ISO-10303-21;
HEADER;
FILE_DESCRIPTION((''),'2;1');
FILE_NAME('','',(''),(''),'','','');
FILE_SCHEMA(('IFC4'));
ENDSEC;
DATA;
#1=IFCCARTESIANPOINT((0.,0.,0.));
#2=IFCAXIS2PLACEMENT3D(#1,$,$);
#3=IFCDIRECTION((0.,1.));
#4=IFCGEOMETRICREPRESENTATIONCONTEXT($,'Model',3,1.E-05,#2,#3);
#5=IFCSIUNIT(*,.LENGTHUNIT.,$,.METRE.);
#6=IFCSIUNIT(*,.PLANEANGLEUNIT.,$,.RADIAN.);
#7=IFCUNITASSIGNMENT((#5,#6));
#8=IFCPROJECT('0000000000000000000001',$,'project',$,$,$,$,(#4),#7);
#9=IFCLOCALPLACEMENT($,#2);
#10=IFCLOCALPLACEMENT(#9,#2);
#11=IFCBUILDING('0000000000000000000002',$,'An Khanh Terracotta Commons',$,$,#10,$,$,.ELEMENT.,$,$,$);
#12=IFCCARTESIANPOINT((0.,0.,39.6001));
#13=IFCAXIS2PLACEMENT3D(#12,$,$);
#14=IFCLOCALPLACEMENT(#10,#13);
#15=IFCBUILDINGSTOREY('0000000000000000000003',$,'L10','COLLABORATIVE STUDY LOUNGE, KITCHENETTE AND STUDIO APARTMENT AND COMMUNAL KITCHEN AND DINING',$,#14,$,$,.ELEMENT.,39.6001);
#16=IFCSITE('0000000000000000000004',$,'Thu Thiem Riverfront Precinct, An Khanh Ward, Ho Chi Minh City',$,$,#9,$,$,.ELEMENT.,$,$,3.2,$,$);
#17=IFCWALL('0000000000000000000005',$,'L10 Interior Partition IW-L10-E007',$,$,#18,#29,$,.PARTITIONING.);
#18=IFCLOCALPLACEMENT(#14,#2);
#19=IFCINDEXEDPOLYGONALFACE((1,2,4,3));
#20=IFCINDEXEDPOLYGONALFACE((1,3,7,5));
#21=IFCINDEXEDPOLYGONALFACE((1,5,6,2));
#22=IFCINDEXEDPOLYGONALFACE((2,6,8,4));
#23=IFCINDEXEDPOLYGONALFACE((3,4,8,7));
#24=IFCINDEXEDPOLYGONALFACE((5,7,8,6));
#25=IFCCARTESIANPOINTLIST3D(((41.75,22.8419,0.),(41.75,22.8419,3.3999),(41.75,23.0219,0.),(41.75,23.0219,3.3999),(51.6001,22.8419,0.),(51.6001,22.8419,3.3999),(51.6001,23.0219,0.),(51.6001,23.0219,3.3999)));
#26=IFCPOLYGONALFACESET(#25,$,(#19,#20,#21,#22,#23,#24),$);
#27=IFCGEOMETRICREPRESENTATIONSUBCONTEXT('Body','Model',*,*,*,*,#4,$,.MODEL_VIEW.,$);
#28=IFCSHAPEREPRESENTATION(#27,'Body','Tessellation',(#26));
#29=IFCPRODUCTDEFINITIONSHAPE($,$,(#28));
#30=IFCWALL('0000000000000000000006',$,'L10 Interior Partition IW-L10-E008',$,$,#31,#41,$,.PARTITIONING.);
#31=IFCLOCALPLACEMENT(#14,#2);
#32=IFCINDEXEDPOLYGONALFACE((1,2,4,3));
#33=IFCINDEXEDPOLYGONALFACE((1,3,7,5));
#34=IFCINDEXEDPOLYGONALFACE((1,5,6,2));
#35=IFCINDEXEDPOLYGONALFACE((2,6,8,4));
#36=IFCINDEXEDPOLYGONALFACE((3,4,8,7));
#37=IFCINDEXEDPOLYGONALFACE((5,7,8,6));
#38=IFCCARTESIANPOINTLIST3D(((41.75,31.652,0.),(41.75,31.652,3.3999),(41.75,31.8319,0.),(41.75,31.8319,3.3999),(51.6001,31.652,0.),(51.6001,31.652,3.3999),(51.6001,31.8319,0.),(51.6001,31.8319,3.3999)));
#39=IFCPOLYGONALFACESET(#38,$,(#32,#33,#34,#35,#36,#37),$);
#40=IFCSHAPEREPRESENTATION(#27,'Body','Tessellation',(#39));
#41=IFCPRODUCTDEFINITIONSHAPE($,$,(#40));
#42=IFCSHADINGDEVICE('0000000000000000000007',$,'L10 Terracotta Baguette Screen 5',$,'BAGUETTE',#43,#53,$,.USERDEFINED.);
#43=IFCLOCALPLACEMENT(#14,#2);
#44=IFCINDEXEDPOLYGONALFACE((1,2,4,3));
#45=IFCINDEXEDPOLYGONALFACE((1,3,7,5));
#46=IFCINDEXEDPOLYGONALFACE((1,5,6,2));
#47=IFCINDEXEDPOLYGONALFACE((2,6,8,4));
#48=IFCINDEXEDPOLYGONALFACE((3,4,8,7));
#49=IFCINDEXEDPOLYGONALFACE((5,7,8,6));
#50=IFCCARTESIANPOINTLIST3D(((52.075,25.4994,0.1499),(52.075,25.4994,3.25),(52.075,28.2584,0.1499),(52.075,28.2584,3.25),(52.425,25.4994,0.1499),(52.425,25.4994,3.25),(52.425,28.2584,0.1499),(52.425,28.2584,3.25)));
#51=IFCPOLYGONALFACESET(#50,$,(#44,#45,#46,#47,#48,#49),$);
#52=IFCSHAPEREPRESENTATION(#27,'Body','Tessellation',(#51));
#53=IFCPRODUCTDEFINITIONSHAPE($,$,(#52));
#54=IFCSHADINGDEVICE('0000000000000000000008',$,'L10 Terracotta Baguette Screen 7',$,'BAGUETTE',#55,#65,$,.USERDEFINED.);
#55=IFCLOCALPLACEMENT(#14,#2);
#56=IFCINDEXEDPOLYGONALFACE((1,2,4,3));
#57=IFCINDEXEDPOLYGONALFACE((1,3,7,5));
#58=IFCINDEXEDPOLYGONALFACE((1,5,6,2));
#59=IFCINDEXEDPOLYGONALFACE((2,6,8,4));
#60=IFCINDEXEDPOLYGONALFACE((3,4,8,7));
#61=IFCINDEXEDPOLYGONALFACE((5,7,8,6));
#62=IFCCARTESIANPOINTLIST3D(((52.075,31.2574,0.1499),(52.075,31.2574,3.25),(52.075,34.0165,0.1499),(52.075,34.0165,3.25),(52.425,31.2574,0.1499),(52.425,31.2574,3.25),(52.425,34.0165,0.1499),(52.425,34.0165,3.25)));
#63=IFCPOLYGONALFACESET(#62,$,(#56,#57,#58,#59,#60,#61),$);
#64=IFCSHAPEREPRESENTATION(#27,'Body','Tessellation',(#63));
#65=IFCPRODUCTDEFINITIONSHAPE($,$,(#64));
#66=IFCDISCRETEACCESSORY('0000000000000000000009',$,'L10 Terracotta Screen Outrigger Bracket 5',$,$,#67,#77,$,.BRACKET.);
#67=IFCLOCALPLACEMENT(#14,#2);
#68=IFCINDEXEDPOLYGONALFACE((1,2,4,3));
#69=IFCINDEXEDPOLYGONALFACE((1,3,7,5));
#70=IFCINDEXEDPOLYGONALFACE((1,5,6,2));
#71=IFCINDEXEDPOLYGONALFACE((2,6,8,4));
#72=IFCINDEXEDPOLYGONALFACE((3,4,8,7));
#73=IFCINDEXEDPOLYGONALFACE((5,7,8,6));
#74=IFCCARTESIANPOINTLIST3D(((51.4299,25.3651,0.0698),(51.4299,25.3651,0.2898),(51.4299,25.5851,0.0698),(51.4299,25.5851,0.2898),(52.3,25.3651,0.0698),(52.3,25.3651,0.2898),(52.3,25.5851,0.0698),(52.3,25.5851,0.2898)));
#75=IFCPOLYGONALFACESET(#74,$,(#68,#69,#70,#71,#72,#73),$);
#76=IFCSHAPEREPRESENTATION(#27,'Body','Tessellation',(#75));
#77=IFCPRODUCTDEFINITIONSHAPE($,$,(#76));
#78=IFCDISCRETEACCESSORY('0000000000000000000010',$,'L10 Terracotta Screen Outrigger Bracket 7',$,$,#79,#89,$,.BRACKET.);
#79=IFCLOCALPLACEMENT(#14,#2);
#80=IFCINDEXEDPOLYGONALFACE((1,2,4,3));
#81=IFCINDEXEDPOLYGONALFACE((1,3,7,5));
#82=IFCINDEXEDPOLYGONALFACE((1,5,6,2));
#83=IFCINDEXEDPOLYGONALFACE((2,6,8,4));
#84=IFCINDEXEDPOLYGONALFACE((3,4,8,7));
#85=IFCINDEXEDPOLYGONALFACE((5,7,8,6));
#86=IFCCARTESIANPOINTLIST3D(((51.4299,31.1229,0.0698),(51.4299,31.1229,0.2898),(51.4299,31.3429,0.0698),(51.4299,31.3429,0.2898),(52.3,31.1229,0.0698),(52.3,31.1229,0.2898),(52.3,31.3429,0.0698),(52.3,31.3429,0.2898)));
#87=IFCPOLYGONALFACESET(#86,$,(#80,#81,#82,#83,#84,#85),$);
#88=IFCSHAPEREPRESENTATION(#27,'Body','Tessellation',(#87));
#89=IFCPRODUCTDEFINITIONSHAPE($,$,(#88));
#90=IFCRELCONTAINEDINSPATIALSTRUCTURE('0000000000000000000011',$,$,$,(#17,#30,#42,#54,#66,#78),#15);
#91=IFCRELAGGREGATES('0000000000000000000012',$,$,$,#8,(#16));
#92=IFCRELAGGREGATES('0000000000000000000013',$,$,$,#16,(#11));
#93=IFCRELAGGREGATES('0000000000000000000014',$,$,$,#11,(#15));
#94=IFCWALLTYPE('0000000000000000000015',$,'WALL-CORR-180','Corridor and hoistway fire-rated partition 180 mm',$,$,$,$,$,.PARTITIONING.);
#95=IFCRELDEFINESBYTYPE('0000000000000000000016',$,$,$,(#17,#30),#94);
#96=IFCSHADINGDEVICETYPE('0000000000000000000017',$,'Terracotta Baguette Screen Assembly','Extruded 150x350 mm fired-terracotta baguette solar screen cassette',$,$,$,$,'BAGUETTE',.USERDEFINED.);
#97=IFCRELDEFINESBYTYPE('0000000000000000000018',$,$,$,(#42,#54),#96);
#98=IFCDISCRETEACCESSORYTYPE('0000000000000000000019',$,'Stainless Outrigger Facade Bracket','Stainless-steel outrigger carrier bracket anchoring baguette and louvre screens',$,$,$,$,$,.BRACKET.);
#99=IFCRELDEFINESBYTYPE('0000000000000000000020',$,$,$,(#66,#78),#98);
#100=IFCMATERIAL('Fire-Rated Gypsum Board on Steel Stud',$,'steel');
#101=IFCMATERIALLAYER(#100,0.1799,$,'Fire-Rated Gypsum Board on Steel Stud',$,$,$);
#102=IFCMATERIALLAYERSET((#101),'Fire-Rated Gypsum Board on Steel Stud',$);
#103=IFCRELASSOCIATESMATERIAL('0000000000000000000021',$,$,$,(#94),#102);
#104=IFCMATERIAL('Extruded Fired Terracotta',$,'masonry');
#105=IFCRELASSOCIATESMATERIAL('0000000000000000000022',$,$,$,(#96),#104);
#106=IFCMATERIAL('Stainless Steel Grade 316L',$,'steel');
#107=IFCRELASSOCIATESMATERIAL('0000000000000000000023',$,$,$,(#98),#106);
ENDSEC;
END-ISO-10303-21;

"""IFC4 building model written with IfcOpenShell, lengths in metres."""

from ifc_helpers import new_model, si_unit, direction, frame, frame_2d, origin, origin_2d, place, context, subcontext, project, spatial, rectangle, extrude, material, layer, layer_set, type_object, element, save


model = new_model("IFC4")

# Units and contexts
model_context = context("Model", 3, precision=1e-05, world=origin(), true_north=direction((0.0, 1.0)))
body_context = subcontext(model_context, "Body", "Model", "MODEL_VIEW")
ifc_project = project(units=[si_unit("LENGTHUNIT", "METRE"), si_unit("PLANEANGLEUNIT", "RADIAN")], contexts=[model_context])

# Site, building, storey
site_placement = place(None, origin())
site = spatial("IfcSite", under=ifc_project, at=site_placement, Name="Thu Thiem Riverfront Precinct, An Khanh Ward, Ho Chi Minh City", CompositionType="ELEMENT", RefElevation=3.2)
building_placement = place(site_placement, origin())
building = spatial("IfcBuilding", under=site, at=building_placement, Name="An Khanh Terracotta Commons", CompositionType="ELEMENT")
storey_placement = place(building_placement, frame((0.0, 0.0, 39.6001)))
storey = spatial("IfcBuildingStorey", under=building, at=storey_placement, Name="L10", Description="COLLABORATIVE STUDY LOUNGE, KITCHENETTE AND STUDIO APARTMENT AND COMMUNAL KITCHEN AND DINING", CompositionType="ELEMENT", Elevation=39.6001)

# Walls
ifc_material_1 = material(Name="Fire-Rated Gypsum Board on Steel Stud", Category="steel")
ifc_layer_1 = layer(ifc_material_1, 0.1799, Name="Fire-Rated Gypsum Board on Steel Stud")
ifc_layer_set_1 = layer_set([ifc_layer_1], Name="Fire-Rated Gypsum Board on Steel Stud")
wall_type = type_object("IfcWallType", Name="WALL-CORR-180", Description="Corridor and hoistway fire-rated partition 180 mm", PredefinedType="PARTITIONING", material=ifc_layer_set_1)
for number, where, z_axis, x_axis, name in (
    (1, (41.75, 22.9319, 0.0), (0.0, 0.0, 1.0), (1.0, 0.0, 0.0), "L10 Interior Partition IW-L10-E007"),
    (2, (41.75, 31.7419, 0.0), (0.0, 0.0, 1.0), (1.0, 0.0, 0.0), "L10 Interior Partition IW-L10-E008"),
):
    element("IfcWall", number, at=place(storey_placement, frame(where, z_axis=z_axis, x_axis=x_axis)), inside=storey, type_object=wall_type, Name=name, PredefinedType="PARTITIONING", context=body_context, shape_type="SweptSolid", body=[
        extrude(rectangle(XDim=9.8501, YDim=0.1799, at=frame_2d((4.925, 0.0))), origin(), (0.0, 0.0, 1.0), 3.3999),
    ])

# Shading devices
ifc_material_2 = material(Name="Extruded Fired Terracotta", Category="masonry")
shading_device_type = type_object("IfcShadingDeviceType", Name="Terracotta Baguette Screen Assembly", Description="Extruded 150x350 mm fired-terracotta baguette solar screen cassette", ElementType="BAGUETTE", PredefinedType="USERDEFINED", material=ifc_material_2)
for number, where, z_axis, x_axis, name in (
    (3, (52.25, 26.8789, 0.1499), (0.0, 0.0, 1.0), (0.0, 1.0, 0.0), "L10 Terracotta Baguette Screen 5"),
    (4, (52.25, 32.637, 0.1499), (0.0, 0.0, 1.0), (0.0, 1.0, 0.0), "L10 Terracotta Baguette Screen 7"),
):
    element("IfcShadingDevice", number, at=place(storey_placement, frame(where, z_axis=z_axis, x_axis=x_axis)), inside=storey, type_object=shading_device_type, Name=name, ObjectType="BAGUETTE", PredefinedType="USERDEFINED", context=body_context, shape_type="SweptSolid", body=[
        extrude(rectangle(XDim=2.759, YDim=0.3501, at=origin_2d()), origin(), (0.0, 0.0, 1.0), 3.1001),
    ])

# Discrete accessories
ifc_material_3 = material(Name="Stainless Steel Grade 316L", Category="steel")
discrete_accessory_type = type_object("IfcDiscreteAccessoryType", Name="Stainless Outrigger Facade Bracket", Description="Stainless-steel outrigger carrier bracket anchoring baguette and louvre screens", PredefinedType="BRACKET", material=ifc_material_3)
for number, where, z_axis, x_axis, name in (
    (5, (51.865, 25.4751, 0.0698), (0.0, 0.0, 1.0), (0.0, 1.0, 0.0), "L10 Terracotta Screen Outrigger Bracket 5"),
    (6, (51.865, 31.2329, 0.0698), (0.0, 0.0, 1.0), (0.0, 1.0, 0.0), "L10 Terracotta Screen Outrigger Bracket 7"),
):
    element("IfcDiscreteAccessory", number, at=place(storey_placement, frame(where, z_axis=z_axis, x_axis=x_axis)), inside=storey, type_object=discrete_accessory_type, Name=name, PredefinedType="BRACKET", context=body_context, shape_type="SweptSolid", body=[
        extrude(rectangle(XDim=0.22, YDim=0.8701, at=origin_2d()), origin(), (0.0, 0.0, 1.0), 0.22),
    ])

save(model, "model.ifc")
